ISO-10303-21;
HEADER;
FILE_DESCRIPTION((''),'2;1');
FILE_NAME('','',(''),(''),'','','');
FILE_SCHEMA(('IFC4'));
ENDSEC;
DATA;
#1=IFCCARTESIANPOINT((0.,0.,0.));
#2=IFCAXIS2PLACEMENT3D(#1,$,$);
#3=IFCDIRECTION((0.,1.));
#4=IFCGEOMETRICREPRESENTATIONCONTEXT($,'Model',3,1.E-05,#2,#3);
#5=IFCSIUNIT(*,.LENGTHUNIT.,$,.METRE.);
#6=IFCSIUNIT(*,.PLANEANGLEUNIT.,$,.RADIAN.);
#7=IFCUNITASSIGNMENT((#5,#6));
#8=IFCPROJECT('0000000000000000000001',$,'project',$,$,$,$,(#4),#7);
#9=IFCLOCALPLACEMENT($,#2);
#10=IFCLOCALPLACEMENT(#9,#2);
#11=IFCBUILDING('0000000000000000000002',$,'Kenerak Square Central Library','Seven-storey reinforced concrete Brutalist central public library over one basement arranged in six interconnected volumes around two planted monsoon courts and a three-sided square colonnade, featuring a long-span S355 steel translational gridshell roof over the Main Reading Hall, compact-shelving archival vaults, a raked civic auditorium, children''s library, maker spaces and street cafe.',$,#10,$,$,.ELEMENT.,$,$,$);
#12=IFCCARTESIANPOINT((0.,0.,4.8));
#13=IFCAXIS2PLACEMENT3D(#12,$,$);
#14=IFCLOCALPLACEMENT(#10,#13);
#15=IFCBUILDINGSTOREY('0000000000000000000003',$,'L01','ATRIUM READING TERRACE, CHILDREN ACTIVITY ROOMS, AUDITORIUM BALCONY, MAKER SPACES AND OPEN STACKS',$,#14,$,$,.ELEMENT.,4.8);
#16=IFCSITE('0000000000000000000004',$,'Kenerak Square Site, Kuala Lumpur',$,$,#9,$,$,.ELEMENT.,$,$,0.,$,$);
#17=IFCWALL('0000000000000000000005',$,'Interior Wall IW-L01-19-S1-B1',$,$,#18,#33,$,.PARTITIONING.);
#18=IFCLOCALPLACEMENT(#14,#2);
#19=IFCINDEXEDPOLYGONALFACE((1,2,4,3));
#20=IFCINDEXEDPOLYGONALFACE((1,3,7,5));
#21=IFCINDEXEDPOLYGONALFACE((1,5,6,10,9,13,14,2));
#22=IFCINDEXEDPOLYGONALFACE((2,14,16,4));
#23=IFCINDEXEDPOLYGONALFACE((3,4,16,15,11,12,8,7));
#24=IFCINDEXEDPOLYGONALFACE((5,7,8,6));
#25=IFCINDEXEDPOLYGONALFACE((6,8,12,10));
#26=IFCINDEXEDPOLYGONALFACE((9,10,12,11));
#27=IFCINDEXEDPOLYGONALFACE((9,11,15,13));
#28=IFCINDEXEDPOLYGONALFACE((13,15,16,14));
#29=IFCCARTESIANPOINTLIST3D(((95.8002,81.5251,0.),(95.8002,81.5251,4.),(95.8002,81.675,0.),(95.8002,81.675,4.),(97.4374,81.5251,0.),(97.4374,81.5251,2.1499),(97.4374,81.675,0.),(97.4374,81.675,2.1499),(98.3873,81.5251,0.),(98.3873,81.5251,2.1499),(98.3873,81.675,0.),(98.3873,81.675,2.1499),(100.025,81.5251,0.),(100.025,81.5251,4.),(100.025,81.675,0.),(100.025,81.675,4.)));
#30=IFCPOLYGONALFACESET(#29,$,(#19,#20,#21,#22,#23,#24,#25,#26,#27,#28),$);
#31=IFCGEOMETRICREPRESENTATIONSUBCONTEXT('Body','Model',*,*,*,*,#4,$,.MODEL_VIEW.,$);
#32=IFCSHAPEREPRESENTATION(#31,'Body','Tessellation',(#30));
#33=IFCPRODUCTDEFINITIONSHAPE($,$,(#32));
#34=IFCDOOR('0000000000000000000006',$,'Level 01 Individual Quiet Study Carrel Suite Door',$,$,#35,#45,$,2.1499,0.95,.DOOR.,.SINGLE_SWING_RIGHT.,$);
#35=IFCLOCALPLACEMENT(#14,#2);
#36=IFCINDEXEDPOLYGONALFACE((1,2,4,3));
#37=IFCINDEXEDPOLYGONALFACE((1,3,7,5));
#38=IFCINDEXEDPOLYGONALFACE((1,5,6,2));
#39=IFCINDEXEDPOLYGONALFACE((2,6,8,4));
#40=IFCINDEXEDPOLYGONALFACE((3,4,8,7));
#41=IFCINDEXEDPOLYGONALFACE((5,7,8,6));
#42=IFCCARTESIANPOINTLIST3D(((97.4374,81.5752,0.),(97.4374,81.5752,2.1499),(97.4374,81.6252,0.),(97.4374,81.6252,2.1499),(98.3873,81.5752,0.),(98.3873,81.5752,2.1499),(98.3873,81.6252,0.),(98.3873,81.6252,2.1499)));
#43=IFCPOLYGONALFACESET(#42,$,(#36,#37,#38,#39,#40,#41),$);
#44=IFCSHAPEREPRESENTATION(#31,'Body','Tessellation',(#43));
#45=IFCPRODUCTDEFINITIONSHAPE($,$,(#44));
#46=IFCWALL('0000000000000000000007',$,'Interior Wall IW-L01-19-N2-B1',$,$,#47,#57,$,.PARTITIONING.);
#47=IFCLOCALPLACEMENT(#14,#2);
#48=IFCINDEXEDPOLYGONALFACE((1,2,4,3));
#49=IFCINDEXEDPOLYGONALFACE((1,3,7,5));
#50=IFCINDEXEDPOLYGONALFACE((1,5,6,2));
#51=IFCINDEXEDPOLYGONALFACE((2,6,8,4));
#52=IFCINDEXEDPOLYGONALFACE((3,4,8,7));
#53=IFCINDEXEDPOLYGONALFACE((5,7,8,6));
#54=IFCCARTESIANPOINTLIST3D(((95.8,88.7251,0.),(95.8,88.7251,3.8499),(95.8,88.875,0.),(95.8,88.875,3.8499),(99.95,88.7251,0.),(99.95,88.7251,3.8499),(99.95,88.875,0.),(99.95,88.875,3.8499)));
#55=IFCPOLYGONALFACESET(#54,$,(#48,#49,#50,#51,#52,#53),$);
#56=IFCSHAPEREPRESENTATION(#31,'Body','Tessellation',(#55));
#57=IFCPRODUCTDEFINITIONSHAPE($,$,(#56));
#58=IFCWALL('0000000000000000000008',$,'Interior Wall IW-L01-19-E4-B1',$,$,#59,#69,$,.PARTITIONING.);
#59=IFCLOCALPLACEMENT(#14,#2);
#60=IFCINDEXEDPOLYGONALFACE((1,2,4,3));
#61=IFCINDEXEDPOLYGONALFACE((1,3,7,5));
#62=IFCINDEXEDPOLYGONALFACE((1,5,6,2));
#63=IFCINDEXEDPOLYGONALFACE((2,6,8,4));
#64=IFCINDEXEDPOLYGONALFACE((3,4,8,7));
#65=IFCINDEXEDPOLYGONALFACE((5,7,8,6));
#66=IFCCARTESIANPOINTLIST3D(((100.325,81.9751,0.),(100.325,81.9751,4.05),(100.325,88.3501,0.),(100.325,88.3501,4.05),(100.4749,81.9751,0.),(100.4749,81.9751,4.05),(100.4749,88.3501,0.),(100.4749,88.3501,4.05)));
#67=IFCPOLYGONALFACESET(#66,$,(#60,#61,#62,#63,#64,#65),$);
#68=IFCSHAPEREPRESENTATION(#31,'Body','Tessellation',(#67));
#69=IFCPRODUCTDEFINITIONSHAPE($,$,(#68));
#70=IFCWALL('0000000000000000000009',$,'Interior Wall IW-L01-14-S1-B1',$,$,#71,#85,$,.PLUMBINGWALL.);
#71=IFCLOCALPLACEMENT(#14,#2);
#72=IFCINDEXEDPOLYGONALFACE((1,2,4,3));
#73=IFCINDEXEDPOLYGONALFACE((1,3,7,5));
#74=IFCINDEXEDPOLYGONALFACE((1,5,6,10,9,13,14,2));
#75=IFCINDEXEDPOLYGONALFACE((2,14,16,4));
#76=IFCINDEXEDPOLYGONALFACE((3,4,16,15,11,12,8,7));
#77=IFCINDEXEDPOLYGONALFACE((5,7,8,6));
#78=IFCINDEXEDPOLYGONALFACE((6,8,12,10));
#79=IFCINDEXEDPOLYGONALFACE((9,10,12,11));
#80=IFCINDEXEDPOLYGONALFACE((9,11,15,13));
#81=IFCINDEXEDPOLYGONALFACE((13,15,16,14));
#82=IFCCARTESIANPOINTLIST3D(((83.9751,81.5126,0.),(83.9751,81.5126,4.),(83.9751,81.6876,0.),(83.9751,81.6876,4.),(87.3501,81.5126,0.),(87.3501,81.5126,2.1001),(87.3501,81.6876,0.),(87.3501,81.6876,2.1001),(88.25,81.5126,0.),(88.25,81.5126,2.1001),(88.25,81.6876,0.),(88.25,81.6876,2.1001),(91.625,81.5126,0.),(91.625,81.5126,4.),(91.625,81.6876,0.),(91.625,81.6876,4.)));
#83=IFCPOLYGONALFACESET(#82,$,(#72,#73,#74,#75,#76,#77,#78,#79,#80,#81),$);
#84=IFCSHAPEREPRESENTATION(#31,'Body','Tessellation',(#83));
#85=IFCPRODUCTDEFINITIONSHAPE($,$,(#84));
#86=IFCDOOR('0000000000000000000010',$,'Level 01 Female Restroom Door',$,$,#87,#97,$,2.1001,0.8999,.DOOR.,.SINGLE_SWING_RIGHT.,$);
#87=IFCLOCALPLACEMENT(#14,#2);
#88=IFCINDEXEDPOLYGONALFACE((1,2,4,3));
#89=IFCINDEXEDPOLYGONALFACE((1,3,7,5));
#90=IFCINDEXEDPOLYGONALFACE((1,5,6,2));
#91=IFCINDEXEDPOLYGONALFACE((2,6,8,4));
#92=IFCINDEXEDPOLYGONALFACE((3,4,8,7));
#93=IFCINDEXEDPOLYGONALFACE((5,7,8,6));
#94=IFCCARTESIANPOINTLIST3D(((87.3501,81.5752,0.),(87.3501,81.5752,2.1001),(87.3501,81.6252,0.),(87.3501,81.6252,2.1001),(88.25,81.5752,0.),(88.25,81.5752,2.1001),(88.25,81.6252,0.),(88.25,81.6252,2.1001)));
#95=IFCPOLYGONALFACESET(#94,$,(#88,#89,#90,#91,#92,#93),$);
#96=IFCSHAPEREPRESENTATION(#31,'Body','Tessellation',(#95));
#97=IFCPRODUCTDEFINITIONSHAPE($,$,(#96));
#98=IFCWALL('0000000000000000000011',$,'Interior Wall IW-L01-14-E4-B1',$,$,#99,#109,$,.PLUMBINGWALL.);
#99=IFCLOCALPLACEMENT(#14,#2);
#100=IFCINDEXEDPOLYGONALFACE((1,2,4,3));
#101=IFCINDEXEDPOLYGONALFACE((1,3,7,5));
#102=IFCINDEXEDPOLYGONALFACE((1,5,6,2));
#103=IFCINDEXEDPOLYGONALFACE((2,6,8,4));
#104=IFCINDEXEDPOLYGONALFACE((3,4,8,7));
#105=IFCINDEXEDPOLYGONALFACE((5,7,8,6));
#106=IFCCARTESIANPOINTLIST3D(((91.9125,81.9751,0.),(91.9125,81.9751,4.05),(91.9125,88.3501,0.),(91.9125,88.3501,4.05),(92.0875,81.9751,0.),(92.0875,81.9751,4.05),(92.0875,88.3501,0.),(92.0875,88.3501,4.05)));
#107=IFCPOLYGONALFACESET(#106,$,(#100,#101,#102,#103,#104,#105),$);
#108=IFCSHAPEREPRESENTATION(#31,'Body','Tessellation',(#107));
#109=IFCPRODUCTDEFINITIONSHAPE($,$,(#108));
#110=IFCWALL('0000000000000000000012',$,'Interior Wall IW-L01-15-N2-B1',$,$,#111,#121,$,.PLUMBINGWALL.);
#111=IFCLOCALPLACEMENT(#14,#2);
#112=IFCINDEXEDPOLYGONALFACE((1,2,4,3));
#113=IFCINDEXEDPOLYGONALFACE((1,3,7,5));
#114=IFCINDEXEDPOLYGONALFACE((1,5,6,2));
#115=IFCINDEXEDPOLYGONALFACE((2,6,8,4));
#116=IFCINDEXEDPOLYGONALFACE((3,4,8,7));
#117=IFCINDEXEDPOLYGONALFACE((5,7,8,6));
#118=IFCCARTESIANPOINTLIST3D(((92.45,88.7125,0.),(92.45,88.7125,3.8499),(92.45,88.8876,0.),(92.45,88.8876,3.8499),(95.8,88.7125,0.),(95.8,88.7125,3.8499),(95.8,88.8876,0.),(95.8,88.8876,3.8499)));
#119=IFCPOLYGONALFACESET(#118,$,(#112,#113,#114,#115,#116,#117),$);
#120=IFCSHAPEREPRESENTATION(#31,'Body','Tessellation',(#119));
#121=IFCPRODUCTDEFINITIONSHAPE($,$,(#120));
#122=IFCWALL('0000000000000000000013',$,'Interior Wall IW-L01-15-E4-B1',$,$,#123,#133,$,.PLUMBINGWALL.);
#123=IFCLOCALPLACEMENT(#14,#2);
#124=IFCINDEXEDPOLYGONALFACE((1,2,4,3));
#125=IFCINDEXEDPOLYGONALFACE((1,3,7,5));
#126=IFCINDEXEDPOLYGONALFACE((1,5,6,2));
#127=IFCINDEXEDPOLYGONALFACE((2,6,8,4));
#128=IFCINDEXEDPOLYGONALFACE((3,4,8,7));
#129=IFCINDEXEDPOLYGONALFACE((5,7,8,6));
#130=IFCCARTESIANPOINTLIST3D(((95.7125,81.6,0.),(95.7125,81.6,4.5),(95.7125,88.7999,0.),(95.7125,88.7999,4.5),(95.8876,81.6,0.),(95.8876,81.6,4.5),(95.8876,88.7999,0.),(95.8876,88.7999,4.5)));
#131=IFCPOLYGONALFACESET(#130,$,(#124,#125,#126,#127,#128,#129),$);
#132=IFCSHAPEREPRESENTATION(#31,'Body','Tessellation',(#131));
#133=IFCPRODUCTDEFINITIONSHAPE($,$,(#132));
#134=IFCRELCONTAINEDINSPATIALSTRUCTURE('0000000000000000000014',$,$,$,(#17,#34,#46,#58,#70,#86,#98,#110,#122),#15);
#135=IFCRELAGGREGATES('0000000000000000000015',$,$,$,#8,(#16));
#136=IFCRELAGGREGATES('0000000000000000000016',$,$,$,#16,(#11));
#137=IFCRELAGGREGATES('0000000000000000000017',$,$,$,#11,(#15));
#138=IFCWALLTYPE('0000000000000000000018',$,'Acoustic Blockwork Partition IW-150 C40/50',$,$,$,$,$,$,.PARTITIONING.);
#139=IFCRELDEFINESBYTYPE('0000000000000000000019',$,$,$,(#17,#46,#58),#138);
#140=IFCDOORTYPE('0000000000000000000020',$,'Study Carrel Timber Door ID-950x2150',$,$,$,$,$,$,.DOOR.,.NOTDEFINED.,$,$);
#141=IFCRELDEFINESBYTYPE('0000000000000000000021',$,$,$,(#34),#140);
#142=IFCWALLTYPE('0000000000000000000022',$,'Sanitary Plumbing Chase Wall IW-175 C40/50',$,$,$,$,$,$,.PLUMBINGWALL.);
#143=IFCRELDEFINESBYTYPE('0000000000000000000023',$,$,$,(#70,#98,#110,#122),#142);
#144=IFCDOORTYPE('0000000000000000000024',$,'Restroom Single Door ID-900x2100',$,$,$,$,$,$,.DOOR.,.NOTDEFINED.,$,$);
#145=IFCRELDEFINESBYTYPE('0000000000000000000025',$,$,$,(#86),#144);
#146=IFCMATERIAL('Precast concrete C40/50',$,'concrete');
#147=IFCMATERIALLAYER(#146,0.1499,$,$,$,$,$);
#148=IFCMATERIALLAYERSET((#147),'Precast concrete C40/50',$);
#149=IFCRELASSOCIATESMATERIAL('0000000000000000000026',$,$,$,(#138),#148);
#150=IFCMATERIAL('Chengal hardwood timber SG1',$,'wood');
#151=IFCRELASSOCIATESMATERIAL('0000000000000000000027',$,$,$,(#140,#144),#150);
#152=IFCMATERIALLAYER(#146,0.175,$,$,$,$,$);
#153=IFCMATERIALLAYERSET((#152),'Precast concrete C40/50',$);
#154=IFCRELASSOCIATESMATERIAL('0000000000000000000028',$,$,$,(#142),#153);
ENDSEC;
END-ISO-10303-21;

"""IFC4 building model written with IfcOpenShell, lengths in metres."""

from ifc_helpers import new_model, si_unit, direction, frame, frame_2d, origin, place, context, subcontext, project, spatial, rectangle, extrude, material, layer, layer_set, type_object, element, fill, save


model = new_model("IFC4")

# Units and contexts
model_context = context("Model", 3, precision=1e-05, world=origin(), true_north=direction((0.0, 1.0)))
body_context = subcontext(model_context, "Body", "Model", "MODEL_VIEW")
ifc_project = project(units=[si_unit("LENGTHUNIT", "METRE"), si_unit("PLANEANGLEUNIT", "RADIAN")], contexts=[model_context])

# Site, building, storey
site_placement = place(None, origin())
site = spatial("IfcSite", under=ifc_project, at=site_placement, Name="Kenerak Square Site, Kuala Lumpur", CompositionType="ELEMENT", RefElevation=0.0)
building_placement = place(site_placement, origin())
building = spatial("IfcBuilding", under=site, at=building_placement, Name="Kenerak Square Central Library", Description="Seven-storey reinforced concrete Brutalist central public library over one basement arranged in six interconnected volumes around two planted monsoon courts and a three-sided square colonnade, featuring a long-span S355 steel translational gridshell roof over the Main Reading Hall, compact-shelving archival vaults, a raked civic auditorium, children's library, maker spaces and street cafe.", CompositionType="ELEMENT")
storey_placement = place(building_placement, frame((0.0, 0.0, 4.8)))
storey = spatial("IfcBuildingStorey", under=building, at=storey_placement, Name="L01", Description="ATRIUM READING TERRACE, CHILDREN ACTIVITY ROOMS, AUDITORIUM BALCONY, MAKER SPACES AND OPEN STACKS", CompositionType="ELEMENT", Elevation=4.8)

# Wall, opening, door
ifc_material_1 = material(Name="Precast concrete C40/50", Category="concrete")
ifc_layer_1 = layer(ifc_material_1, 0.1499)
ifc_layer_set_1 = layer_set([ifc_layer_1], Name="Precast concrete C40/50")
wall_type_1 = type_object("IfcWallType", Name="Acoustic Blockwork Partition IW-150 C40/50", PredefinedType="PARTITIONING", material=ifc_layer_set_1)
wall_1_placement = place(storey_placement, frame((100.0249, 81.6001, 0.0), z_axis=(0.0, 0.0, 1.0), x_axis=(-1.0, 0.0, 0.0)))
wall_1 = element("IfcWall", 1, at=wall_1_placement, inside=storey, type_object=wall_type_1, Name="Interior Wall IW-L01-19-S1-B1", PredefinedType="PARTITIONING", context=body_context, shape_type="SweptSolid", body=[
    extrude(rectangle(XDim=4.2249, YDim=0.1499, at=frame_2d((2.1123, 0.0))), origin(), (0.0, 0.0, 1.0), 4.0),
])
opening_1_placement = place(wall_1_placement, frame((1.6375, 0.0, 0.0)))
opening_1 = element("IfcOpeningElement", 2, at=opening_1_placement, cuts=wall_1, PredefinedType="OPENING", context=body_context, shape_type="SweptSolid", body=[
    extrude(rectangle(XDim=0.95, YDim=2.1499, at=frame_2d((0.4751, 1.075))), frame((0.0, 0.085, 0.0), z_axis=(0.0, -1.0, 0.0), x_axis=(1.0, 0.0, 0.0)), (0.0, 0.0, 1.0), 0.1699),
])
ifc_material_2 = material(Name="Chengal hardwood timber SG1", Category="wood")
door_type_1 = type_object("IfcDoorType", Name="Study Carrel Timber Door ID-950x2150", OperationType="NOTDEFINED", PredefinedType="DOOR", material=ifc_material_2)
door_1_placement = place(opening_1_placement, origin())
door_1 = element("IfcDoor", 3, at=door_1_placement, inside=storey, type_object=door_type_1, Name="Level 01 Individual Quiet Study Carrel Suite Door", OperationType="SINGLE_SWING_RIGHT", OverallHeight=2.1499, OverallWidth=0.95, PredefinedType="DOOR", context=body_context, shape_type="SweptSolid", body=[
    extrude(rectangle(XDim=0.95, YDim=2.1499, at=frame_2d((0.4751, 1.075))), frame((0.0, 0.0249, 0.0), z_axis=(0.0, -1.0, 0.0), x_axis=(1.0, 0.0, 0.0)), (0.0, 0.0, 1.0), 0.05),
])
fill(opening_1, door_1)

# Walls
wall_2_placement = place(storey_placement, frame((95.8, 88.8, 0.0), z_axis=(0.0, 0.0, 1.0), x_axis=(1.0, 0.0, 0.0)))
element("IfcWall", 4, at=wall_2_placement, inside=storey, type_object=wall_type_1, Name="Interior Wall IW-L01-19-N2-B1", PredefinedType="PARTITIONING", context=body_context, shape_type="SweptSolid", body=[
    extrude(rectangle(XDim=4.1499, YDim=0.1499, at=frame_2d((2.075, 0.0))), origin(), (0.0, 0.0, 1.0), 3.8499),
])
wall_3_placement = place(storey_placement, frame((100.3999, 88.3501, 0.0), z_axis=(0.0, 0.0, 1.0), x_axis=(0.0, -1.0, 0.0)))
element("IfcWall", 5, at=wall_3_placement, inside=storey, type_object=wall_type_1, Name="Interior Wall IW-L01-19-E4-B1", PredefinedType="PARTITIONING", context=body_context, shape_type="SweptSolid", body=[
    extrude(rectangle(XDim=6.375, YDim=0.1499, at=frame_2d((3.1875, 0.0))), origin(), (0.0, 0.0, 1.0), 4.05),
])

# Wall, opening, door
ifc_layer_2 = layer(ifc_material_1, 0.175)
ifc_layer_set_2 = layer_set([ifc_layer_2], Name="Precast concrete C40/50")
wall_type_2 = type_object("IfcWallType", Name="Sanitary Plumbing Chase Wall IW-175 C40/50", PredefinedType="PLUMBINGWALL", material=ifc_layer_set_2)
wall_4_placement = place(storey_placement, frame((91.625, 81.6001, 0.0), z_axis=(0.0, 0.0, 1.0), x_axis=(-1.0, 0.0, 0.0)))
wall_4 = element("IfcWall", 6, at=wall_4_placement, inside=storey, type_object=wall_type_2, Name="Interior Wall IW-L01-14-S1-B1", PredefinedType="PLUMBINGWALL", context=body_context, shape_type="SweptSolid", body=[
    extrude(rectangle(XDim=7.6499, YDim=0.175, at=frame_2d((3.825, 0.0))), origin(), (0.0, 0.0, 1.0), 4.0),
])
opening_2_placement = place(wall_4_placement, frame((3.375, 0.0, 0.0)))
opening_2 = element("IfcOpeningElement", 7, at=opening_2_placement, cuts=wall_4, PredefinedType="OPENING", context=body_context, shape_type="SweptSolid", body=[
    extrude(rectangle(XDim=0.8999, YDim=2.1001, at=frame_2d((0.45, 1.05))), frame((0.0, 0.0974, 0.0), z_axis=(0.0, -1.0, 0.0), x_axis=(1.0, 0.0, 0.0)), (0.0, 0.0, 1.0), 0.1951),
])
door_type_2 = type_object("IfcDoorType", Name="Restroom Single Door ID-900x2100", OperationType="NOTDEFINED", PredefinedType="DOOR", material=ifc_material_2)
door_2_placement = place(opening_2_placement, origin())
door_2 = element("IfcDoor", 8, at=door_2_placement, inside=storey, type_object=door_type_2, Name="Level 01 Female Restroom Door", OperationType="SINGLE_SWING_RIGHT", OverallHeight=2.1001, OverallWidth=0.8999, PredefinedType="DOOR", context=body_context, shape_type="SweptSolid", body=[
    extrude(rectangle(XDim=0.8999, YDim=2.1001, at=frame_2d((0.45, 1.05))), frame((0.0, 0.0249, 0.0), z_axis=(0.0, -1.0, 0.0), x_axis=(1.0, 0.0, 0.0)), (0.0, 0.0, 1.0), 0.05),
])
fill(opening_2, door_2)

# Walls
wall_5_placement = place(storey_placement, frame((92.0, 88.3501, 0.0), z_axis=(0.0, 0.0, 1.0), x_axis=(0.0, -1.0, 0.0)))
element("IfcWall", 9, at=wall_5_placement, inside=storey, type_object=wall_type_2, Name="Interior Wall IW-L01-14-E4-B1", PredefinedType="PLUMBINGWALL", context=body_context, shape_type="SweptSolid", body=[
    extrude(rectangle(XDim=6.375, YDim=0.175, at=frame_2d((3.1875, 0.0))), origin(), (0.0, 0.0, 1.0), 4.05),
])
wall_6_placement = place(storey_placement, frame((92.45, 88.8, 0.0), z_axis=(0.0, 0.0, 1.0), x_axis=(1.0, 0.0, 0.0)))
element("IfcWall", 10, at=wall_6_placement, inside=storey, type_object=wall_type_2, Name="Interior Wall IW-L01-15-N2-B1", PredefinedType="PLUMBINGWALL", context=body_context, shape_type="SweptSolid", body=[
    extrude(rectangle(XDim=3.3501, YDim=0.175, at=frame_2d((1.675, 0.0))), origin(), (0.0, 0.0, 1.0), 3.8499),
])
wall_7_placement = place(storey_placement, frame((95.8, 88.8, 0.0), z_axis=(0.0, 0.0, 1.0), x_axis=(0.0, -1.0, 0.0)))
element("IfcWall", 11, at=wall_7_placement, inside=storey, type_object=wall_type_2, Name="Interior Wall IW-L01-15-E4-B1", PredefinedType="PLUMBINGWALL", context=body_context, shape_type="SweptSolid", body=[
    extrude(rectangle(XDim=7.2, YDim=0.175, at=frame_2d((3.6001, 0.0))), origin(), (0.0, 0.0, 1.0), 4.5),
])

save(model, "model.ifc")
